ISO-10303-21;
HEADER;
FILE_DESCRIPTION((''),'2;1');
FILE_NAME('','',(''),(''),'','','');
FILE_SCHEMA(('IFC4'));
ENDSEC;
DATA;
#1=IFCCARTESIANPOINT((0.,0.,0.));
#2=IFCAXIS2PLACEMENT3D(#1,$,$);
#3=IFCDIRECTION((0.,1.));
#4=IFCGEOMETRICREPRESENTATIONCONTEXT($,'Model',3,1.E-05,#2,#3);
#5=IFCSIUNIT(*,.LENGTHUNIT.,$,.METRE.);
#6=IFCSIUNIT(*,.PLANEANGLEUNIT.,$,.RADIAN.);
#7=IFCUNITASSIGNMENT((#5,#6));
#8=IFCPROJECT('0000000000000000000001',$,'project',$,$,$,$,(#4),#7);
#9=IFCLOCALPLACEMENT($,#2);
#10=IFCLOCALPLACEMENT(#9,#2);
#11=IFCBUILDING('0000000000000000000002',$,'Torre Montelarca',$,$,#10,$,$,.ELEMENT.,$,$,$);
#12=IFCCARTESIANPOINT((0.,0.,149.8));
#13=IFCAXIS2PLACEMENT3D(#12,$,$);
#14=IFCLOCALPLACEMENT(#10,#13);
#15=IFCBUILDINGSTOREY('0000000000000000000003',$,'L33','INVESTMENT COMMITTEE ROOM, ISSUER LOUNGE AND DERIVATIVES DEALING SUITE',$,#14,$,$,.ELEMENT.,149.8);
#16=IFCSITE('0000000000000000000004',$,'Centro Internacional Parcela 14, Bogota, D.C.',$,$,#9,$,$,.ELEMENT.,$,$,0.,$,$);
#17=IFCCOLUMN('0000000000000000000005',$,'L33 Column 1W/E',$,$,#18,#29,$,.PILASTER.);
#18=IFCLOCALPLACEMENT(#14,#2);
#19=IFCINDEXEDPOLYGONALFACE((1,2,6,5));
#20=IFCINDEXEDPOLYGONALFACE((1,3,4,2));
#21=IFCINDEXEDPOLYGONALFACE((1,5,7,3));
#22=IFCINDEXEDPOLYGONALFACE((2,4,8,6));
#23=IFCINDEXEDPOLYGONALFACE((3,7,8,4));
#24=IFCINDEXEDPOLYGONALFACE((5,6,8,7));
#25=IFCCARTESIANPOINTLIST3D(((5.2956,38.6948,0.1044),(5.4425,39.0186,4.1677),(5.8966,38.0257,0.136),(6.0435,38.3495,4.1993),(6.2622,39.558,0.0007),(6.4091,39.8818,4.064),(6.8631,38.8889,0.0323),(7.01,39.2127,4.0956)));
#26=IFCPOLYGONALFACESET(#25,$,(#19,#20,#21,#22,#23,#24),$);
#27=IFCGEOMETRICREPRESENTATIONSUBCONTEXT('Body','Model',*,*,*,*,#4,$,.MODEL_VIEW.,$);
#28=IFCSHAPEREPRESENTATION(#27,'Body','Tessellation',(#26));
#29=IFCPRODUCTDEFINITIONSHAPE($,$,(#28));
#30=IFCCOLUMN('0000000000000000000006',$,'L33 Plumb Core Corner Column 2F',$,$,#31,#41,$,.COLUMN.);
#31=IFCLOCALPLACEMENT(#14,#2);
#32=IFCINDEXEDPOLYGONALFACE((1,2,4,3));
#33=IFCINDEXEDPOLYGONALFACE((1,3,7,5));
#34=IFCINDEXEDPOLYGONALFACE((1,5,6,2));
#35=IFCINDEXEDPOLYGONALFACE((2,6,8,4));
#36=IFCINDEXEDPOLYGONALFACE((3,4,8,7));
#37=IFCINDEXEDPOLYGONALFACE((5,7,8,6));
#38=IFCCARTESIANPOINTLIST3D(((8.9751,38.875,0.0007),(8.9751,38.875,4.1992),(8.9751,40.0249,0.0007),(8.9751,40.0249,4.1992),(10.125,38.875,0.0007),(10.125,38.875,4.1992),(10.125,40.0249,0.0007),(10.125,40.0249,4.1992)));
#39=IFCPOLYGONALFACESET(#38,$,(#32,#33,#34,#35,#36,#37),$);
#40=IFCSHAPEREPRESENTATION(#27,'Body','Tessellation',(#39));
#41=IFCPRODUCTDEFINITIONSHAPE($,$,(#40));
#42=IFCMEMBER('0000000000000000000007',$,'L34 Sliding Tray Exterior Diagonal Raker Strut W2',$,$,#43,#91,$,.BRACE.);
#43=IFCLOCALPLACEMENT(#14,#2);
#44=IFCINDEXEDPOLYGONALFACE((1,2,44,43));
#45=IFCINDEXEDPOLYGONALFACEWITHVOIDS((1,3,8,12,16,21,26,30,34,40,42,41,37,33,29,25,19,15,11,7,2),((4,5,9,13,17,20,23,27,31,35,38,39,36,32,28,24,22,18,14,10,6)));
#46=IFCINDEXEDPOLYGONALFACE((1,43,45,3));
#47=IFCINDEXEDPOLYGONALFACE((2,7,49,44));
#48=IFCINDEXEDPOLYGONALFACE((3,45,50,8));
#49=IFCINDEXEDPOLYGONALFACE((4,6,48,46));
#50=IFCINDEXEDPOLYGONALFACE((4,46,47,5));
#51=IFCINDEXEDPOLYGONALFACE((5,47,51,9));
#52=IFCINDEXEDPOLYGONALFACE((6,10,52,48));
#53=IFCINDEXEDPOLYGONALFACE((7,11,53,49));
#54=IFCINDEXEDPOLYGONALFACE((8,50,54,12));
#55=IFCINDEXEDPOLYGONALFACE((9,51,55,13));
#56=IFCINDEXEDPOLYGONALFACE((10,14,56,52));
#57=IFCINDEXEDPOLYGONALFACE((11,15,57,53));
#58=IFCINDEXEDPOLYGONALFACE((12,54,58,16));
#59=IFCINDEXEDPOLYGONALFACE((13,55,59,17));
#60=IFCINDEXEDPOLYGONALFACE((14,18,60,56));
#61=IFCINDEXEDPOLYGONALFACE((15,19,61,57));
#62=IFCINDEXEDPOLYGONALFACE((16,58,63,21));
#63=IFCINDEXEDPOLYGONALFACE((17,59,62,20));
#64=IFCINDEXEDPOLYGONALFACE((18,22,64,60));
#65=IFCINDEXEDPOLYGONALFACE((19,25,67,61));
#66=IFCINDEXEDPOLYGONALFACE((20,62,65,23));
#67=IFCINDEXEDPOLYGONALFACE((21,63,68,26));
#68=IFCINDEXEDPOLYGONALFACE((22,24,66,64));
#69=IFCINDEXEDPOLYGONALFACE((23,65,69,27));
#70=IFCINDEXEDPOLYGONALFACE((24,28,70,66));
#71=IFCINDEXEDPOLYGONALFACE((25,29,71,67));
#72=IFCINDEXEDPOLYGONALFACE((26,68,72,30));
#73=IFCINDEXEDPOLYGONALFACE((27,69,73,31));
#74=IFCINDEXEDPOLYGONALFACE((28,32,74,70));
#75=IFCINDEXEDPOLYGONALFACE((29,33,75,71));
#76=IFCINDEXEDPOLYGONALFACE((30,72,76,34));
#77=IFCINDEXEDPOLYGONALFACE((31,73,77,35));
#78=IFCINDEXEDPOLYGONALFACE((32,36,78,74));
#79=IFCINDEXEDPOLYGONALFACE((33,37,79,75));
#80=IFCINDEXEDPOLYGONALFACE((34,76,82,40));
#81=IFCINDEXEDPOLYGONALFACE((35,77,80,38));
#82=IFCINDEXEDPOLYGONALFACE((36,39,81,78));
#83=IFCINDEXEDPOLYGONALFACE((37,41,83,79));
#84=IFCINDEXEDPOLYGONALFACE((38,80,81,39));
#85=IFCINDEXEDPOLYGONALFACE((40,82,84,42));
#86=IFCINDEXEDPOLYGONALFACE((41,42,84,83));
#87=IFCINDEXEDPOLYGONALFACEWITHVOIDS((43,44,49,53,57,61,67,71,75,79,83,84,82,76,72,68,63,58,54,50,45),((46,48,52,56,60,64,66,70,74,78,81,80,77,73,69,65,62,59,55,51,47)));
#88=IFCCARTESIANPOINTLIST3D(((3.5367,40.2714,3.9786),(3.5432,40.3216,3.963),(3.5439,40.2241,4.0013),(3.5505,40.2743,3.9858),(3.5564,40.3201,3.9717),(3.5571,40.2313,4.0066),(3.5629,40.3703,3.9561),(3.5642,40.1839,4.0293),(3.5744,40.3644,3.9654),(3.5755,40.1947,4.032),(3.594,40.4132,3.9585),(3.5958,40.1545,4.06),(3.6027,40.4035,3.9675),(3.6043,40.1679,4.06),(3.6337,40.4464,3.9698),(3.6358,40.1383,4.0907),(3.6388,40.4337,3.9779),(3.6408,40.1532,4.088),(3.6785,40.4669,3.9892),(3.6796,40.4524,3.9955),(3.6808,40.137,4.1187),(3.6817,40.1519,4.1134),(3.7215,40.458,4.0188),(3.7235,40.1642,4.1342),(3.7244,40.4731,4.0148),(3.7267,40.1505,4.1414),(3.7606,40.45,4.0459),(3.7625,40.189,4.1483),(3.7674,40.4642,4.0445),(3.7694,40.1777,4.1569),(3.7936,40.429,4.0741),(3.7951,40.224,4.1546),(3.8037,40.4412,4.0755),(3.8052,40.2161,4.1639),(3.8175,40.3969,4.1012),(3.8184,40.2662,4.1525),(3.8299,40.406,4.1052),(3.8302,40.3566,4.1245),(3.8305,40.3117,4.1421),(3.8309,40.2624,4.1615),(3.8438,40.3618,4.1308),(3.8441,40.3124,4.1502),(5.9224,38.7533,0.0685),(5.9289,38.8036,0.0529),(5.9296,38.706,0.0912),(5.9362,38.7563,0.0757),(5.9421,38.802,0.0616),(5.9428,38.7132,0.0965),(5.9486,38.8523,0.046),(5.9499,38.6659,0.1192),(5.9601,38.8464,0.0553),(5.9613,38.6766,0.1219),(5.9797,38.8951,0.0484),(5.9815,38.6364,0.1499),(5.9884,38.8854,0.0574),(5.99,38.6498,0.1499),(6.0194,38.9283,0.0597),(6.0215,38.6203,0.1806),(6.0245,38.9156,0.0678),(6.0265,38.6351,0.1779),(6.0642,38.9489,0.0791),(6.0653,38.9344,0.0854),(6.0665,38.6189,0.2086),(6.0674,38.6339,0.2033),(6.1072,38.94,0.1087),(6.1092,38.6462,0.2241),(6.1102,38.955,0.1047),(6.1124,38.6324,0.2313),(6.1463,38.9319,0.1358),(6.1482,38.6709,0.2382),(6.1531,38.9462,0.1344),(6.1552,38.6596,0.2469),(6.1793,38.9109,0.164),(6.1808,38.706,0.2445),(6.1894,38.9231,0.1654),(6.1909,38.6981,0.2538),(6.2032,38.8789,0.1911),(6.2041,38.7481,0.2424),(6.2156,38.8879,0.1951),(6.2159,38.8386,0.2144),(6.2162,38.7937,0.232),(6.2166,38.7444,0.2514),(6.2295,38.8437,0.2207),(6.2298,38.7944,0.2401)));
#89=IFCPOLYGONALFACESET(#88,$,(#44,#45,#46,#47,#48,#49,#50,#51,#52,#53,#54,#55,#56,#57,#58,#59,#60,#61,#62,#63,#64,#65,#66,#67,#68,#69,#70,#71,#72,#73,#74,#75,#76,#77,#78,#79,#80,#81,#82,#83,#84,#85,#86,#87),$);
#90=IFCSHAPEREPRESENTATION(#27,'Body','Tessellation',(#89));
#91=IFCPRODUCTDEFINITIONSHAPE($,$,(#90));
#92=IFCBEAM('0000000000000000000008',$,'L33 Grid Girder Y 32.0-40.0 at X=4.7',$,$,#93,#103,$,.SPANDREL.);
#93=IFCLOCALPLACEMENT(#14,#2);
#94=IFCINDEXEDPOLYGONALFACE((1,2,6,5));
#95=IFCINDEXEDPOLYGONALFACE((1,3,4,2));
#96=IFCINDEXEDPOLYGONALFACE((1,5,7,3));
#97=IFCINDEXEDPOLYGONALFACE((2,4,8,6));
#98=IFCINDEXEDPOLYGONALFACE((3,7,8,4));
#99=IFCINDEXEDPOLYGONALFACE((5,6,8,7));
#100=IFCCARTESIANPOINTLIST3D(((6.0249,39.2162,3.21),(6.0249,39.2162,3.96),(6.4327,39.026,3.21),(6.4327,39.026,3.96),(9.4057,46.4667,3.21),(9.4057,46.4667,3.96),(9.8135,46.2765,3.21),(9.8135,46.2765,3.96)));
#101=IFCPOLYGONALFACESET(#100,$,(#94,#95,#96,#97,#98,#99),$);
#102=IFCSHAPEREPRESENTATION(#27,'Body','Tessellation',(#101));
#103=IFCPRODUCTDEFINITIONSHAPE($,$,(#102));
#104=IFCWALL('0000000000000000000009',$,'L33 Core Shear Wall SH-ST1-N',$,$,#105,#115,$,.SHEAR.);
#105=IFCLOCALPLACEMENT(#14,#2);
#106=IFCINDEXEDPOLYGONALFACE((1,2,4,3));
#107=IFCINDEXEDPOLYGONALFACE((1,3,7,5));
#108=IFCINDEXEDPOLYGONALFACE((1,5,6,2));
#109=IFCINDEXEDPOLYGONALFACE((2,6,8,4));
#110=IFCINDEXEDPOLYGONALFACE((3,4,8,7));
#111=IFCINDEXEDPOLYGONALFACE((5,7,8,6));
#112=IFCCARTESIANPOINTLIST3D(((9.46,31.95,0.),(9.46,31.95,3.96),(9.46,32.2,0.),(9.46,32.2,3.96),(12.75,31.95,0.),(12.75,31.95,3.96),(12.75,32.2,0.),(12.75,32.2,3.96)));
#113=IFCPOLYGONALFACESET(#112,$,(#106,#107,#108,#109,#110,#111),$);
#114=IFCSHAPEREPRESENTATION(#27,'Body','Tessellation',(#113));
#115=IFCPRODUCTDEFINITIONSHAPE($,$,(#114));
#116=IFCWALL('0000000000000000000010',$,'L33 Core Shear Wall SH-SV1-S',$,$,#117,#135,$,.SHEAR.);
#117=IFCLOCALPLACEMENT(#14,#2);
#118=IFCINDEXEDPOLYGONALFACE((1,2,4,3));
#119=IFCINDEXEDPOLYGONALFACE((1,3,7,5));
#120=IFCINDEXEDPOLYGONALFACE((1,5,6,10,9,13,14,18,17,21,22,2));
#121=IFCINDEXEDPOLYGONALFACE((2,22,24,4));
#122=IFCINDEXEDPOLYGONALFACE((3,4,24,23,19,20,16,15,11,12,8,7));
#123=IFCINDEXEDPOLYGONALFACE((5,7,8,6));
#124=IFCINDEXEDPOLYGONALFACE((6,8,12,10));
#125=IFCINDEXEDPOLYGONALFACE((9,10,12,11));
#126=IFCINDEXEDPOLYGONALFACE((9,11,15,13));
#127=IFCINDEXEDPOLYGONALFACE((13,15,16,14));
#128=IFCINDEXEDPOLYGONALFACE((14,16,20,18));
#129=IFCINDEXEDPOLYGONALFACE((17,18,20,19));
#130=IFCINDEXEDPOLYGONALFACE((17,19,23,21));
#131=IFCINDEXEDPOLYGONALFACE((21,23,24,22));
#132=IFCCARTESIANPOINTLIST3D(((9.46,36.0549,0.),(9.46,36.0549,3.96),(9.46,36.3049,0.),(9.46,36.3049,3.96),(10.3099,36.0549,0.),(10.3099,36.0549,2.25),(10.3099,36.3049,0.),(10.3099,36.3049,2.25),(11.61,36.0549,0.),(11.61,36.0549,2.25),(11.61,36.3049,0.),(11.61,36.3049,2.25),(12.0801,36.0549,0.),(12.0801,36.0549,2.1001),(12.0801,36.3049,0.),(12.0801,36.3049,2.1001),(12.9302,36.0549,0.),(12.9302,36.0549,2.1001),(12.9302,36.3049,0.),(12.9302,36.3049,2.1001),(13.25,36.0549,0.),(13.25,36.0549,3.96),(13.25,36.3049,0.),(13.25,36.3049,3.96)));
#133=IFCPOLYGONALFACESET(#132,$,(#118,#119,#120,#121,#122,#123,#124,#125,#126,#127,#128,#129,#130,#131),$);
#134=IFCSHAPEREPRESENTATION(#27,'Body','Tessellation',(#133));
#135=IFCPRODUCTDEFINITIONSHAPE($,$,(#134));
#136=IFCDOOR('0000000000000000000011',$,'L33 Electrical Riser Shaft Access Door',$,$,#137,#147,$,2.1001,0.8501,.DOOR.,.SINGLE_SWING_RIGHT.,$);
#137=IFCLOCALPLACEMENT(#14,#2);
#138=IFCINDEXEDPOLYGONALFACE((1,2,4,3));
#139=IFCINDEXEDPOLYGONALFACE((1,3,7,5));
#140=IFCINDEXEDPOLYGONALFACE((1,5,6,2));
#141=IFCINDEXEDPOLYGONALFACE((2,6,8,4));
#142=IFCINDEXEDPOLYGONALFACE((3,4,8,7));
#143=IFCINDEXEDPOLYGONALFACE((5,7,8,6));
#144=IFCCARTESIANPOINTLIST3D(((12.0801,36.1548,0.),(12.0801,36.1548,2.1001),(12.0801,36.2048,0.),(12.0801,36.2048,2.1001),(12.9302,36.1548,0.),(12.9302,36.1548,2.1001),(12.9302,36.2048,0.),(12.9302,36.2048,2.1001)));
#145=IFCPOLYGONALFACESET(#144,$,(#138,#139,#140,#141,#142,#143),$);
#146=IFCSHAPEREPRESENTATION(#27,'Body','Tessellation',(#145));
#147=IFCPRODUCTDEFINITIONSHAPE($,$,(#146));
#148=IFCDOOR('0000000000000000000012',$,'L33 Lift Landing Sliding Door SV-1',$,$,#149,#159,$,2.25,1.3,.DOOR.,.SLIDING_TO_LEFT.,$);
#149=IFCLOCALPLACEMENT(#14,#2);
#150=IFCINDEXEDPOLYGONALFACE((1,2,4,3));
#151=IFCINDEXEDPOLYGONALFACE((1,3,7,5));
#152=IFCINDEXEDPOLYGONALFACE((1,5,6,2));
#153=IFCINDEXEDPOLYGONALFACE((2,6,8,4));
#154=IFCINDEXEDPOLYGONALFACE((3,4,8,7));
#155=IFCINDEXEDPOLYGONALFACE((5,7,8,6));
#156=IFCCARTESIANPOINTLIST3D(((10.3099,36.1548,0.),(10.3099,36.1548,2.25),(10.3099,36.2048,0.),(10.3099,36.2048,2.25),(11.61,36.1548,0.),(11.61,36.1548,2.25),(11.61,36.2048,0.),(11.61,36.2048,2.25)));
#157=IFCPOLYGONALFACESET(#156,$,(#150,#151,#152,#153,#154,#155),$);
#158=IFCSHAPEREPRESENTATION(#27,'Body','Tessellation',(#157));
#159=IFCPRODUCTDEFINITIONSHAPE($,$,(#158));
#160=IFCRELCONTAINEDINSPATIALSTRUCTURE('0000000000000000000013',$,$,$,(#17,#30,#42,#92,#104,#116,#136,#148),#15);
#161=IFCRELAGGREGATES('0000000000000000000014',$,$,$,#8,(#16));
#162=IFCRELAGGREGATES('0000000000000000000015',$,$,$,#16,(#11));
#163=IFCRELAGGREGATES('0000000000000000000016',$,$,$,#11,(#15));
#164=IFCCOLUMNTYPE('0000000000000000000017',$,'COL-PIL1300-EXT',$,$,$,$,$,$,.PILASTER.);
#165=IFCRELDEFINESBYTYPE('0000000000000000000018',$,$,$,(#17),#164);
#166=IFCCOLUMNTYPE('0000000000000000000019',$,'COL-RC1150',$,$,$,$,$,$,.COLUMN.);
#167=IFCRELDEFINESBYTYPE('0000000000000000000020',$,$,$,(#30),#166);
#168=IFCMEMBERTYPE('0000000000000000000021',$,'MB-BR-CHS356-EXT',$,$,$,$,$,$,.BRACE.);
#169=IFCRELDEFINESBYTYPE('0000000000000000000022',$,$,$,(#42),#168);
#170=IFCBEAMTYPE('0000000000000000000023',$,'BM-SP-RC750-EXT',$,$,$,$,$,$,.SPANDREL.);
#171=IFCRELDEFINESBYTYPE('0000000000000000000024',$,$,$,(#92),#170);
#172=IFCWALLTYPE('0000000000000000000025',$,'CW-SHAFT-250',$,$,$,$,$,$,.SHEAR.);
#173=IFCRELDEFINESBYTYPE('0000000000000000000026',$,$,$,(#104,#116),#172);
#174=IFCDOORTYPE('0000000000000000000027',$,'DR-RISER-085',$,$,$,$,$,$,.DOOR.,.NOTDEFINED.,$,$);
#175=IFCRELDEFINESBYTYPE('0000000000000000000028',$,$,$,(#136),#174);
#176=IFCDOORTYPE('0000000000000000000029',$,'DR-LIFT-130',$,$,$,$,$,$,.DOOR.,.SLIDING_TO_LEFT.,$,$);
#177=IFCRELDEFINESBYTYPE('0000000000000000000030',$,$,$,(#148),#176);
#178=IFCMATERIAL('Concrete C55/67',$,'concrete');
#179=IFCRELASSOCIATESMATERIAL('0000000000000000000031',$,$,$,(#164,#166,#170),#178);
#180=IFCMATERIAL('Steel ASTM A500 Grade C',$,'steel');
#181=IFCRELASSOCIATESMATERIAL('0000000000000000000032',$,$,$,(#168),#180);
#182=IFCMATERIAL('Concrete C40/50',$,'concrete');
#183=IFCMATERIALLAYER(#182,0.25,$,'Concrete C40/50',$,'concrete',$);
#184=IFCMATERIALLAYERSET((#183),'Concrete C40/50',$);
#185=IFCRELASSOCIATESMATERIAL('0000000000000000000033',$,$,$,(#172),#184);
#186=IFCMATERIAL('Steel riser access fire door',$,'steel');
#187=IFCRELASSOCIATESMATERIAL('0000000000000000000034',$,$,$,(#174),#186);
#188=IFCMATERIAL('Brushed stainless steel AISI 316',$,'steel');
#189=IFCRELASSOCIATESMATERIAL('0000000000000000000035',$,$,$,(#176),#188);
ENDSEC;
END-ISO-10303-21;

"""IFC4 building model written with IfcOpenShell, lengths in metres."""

from ifc_helpers import new_model, si_unit, direction, frame, frame_2d, origin, origin_2d, place, context, subcontext, project, spatial, rectangle, hollow_circle, extrude, clip, halfspace, source, transform, mapped, material, layer, layer_set, material_profile, profile_set, type_object, element, fill, save


model = new_model("IFC4")

# Units and contexts
model_context = context("Model", 3, precision=1e-05, world=origin(), true_north=direction((0.0, 1.0)))
body_context = subcontext(model_context, "Body", "Model", "MODEL_VIEW")
ifc_project = project(units=[si_unit("LENGTHUNIT", "METRE"), si_unit("PLANEANGLEUNIT", "RADIAN")], contexts=[model_context])

# Site, building, storey
site_placement = place(None, origin())
site = spatial("IfcSite", under=ifc_project, at=site_placement, Name="Centro Internacional Parcela 14, Bogota, D.C.", CompositionType="ELEMENT", RefElevation=0.0)
building_placement = place(site_placement, origin())
building = spatial("IfcBuilding", under=site, at=building_placement, Name="Torre Montelarca", CompositionType="ELEMENT")
storey_placement = place(building_placement, frame((0.0, 0.0, 149.8)))
storey = spatial("IfcBuildingStorey", under=building, at=storey_placement, Name="L33", Description="INVESTMENT COMMITTEE ROOM, ISSUER LOUNGE AND DERIVATIVES DEALING SUITE", CompositionType="ELEMENT", Elevation=149.8)

# Columns
ifc_material_1 = material(Name="Concrete C55/67", Category="concrete")
ifc_material_profile_1 = material_profile(ifc_material_1, rectangle(XDim=0.8999, YDim=1.3, at=origin_2d()), Name="RC1300X900", Category="concrete")
ifc_profile_set_1 = profile_set([ifc_material_profile_1], Name="Concrete C55/67")
column_type_1 = type_object("IfcColumnType", Name="COL-PIL1300-EXT", PredefinedType="PILASTER", material=ifc_profile_set_1)
column_1_placement = place(storey_placement, frame((6.0769, 38.7864, 0.0), z_axis=(0.036019, 0.079392, 0.996193), x_axis=(0.667777, -0.743533, 0.035112)))
element("IfcColumn", 1, at=column_1_placement, inside=storey, type_object=column_type_1, Name="L33 Column 1W/E", PredefinedType="PILASTER", context=body_context, shape_type="Clipping", body=[
    clip(clip(extrude(rectangle(XDim=0.8999, YDim=1.3, at=origin_2d()), origin(), (0.0, 0.0, 1.0), 4.2161), halfspace(frame((0.0, 0.0, 0.0686), z_axis=(0.0, 0.0, -1.0), x_axis=(1.0, 0.0, 0.0)), False)), halfspace(frame((0.0, 0.0, 4.1475), z_axis=(0.0, 0.0, 1.0), x_axis=(1.0, 0.0, 0.0)), False)),
])
ifc_material_profile_2 = material_profile(ifc_material_1, rectangle(XDim=1.1499, YDim=1.1499, at=origin_2d()), Name="RC1150X1150", Category="concrete")
ifc_profile_set_2 = profile_set([ifc_material_profile_2], Name="Concrete C55/67")
column_type_2 = type_object("IfcColumnType", Name="COL-RC1150", PredefinedType="COLUMN", material=ifc_profile_set_2)
shared_shape_1 = source(origin(), body_context, "Body", "SweptSolid", [
    extrude(rectangle(XDim=1.1499, YDim=1.1499, at=origin_2d()), origin(), (0.0, 0.0, 1.0), 4.1985),
])
column_2_placement = place(storey_placement, frame((9.55, 39.45, 0.0007), z_axis=(0.0, 0.0, 1.0), x_axis=(1.0, 0.0, 0.0)))
element("IfcColumn", 2, at=column_2_placement, inside=storey, type_object=column_type_2, Name="L33 Plumb Core Corner Column 2F", PredefinedType="COLUMN", context=body_context, shape_type="MappedRepresentation", body=[
    mapped(shared_shape_1, transform((0.0, 0.0, 0.0), scale=1.0)),
])

# Member
ifc_material_2 = material(Name="Steel ASTM A500 Grade C", Category="steel")
ifc_material_profile_3 = material_profile(ifc_material_2, hollow_circle(Radius=0.1777, WallThickness=0.0159, at=origin_2d()), Name="HSS355.6X15.9", Category="steel")
ifc_profile_set_3 = profile_set([ifc_material_profile_3], Name="Steel ASTM A500 Grade C")
member_type = type_object("IfcMemberType", Name="MB-BR-CHS356-EXT", PredefinedType="BRACE", material=ifc_profile_set_3)
shared_shape_2 = source(origin(), body_context, "Body", "SweptSolid", [
    extrude(hollow_circle(Radius=0.1777, WallThickness=0.0159, at=origin_2d()), origin(), (0.0, 0.0, 1.0), 4.8254),
])
member_placement = place(storey_placement, frame((6.0769, 38.7864, 0.1499), z_axis=(-0.494401, 0.314591, 0.810308), x_axis=(-0.536842, -0.843683, 0.0)))
element("IfcMember", 3, at=member_placement, inside=storey, type_object=member_type, Name="L34 Sliding Tray Exterior Diagonal Raker Strut W2", PredefinedType="BRACE", context=body_context, shape_type="MappedRepresentation", body=[
    mapped(shared_shape_2, transform((0.0, 0.0, 0.0), scale=1.0)),
])

# Beam
ifc_material_profile_4 = material_profile(ifc_material_1, rectangle(XDim=0.45, YDim=0.75, at=origin_2d()), Name="RCB450X750", Category="concrete")
ifc_profile_set_4 = profile_set([ifc_material_profile_4], Name="Concrete C55/67")
beam_type = type_object("IfcBeamType", Name="BM-SP-RC750-EXT", PredefinedType="SPANDREL", material=ifc_profile_set_4)
shared_shape_3 = source(origin(), body_context, "Body", "SweptSolid", [
    extrude(rectangle(XDim=0.45, YDim=0.75, at=origin_2d()), origin(), (0.0, 0.0, 1.0), 8.0),
])
beam_placement = place(storey_placement, frame((6.2288, 39.1211, 3.585), z_axis=(0.422608, 0.906313, 0.0), x_axis=(-0.906313, 0.422608, 0.0)))
element("IfcBeam", 4, at=beam_placement, inside=storey, type_object=beam_type, Name="L33 Grid Girder Y 32.0-40.0 at X=4.7", PredefinedType="SPANDREL", context=body_context, shape_type="MappedRepresentation", body=[
    mapped(shared_shape_3, transform((0.0, 0.0, 0.0), scale=1.0)),
])

# Wall
ifc_material_3 = material(Name="Concrete C40/50", Category="concrete")
ifc_layer_1 = layer(ifc_material_3, 0.25, Name="Concrete C40/50", Category="concrete")
ifc_layer_set_1 = layer_set([ifc_layer_1], Name="Concrete C40/50")
wall_type_1 = type_object("IfcWallType", Name="CW-SHAFT-250", PredefinedType="SHEAR", material=ifc_layer_set_1)
wall_1_placement = place(storey_placement, frame((9.46, 32.075, 0.0), z_axis=(0.0, 0.0, 1.0), x_axis=(1.0, 0.0, 0.0)))
element("IfcWall", 5, at=wall_1_placement, inside=storey, type_object=wall_type_1, Name="L33 Core Shear Wall SH-ST1-N", PredefinedType="SHEAR", context=body_context, shape_type="SweptSolid", body=[
    extrude(rectangle(XDim=3.29, YDim=0.25, at=frame_2d((1.645, 0.0))), origin(), (0.0, 0.0, 1.0), 3.96),
])

# Wall, openings, doors
wall_2_placement = place(storey_placement, frame((9.46, 36.1799, 0.0), z_axis=(0.0, 0.0, 1.0), x_axis=(1.0, 0.0, 0.0)))
wall_2 = element("IfcWall", 6, at=wall_2_placement, inside=storey, type_object=wall_type_1, Name="L33 Core Shear Wall SH-SV1-S", PredefinedType="SHEAR", context=body_context, shape_type="SweptSolid", body=[
    extrude(rectangle(XDim=3.79, YDim=0.25, at=frame_2d((1.895, 0.0))), origin(), (0.0, 0.0, 1.0), 3.96),
])
opening_1_placement = place(wall_2_placement, frame((2.6201, 0.0, 0.0)))
opening_1 = element("IfcOpeningElement", 7, at=opening_1_placement, cuts=wall_2, PredefinedType="OPENING", context=body_context, shape_type="SweptSolid", body=[
    extrude(rectangle(XDim=0.8501, YDim=2.1001, at=frame_2d((0.425, 1.05))), frame((0.0, 0.135, 0.0), z_axis=(0.0, -1.0, 0.0), x_axis=(1.0, 0.0, 0.0)), (0.0, 0.0, 1.0), 0.27),
])
opening_2_placement = place(wall_2_placement, frame((0.8501, 0.0, 0.0)))
opening_2 = element("IfcOpeningElement", 8, at=opening_2_placement, cuts=wall_2, PredefinedType="OPENING", context=body_context, shape_type="SweptSolid", body=[
    extrude(rectangle(XDim=1.3, YDim=2.25, at=frame_2d((0.6499, 1.125))), frame((0.0, 0.135, 0.0), z_axis=(0.0, -1.0, 0.0), x_axis=(1.0, 0.0, 0.0)), (0.0, 0.0, 1.0), 0.27),
])
ifc_material_4 = material(Name="Steel riser access fire door", Category="steel")
door_type_1 = type_object("IfcDoorType", Name="DR-RISER-085", OperationType="NOTDEFINED", PredefinedType="DOOR", material=ifc_material_4)
shared_shape_4 = source(origin(), body_context, "Body", "SweptSolid", [
    extrude(rectangle(XDim=0.8501, YDim=2.1001, at=frame_2d((0.425, 1.05))), frame((0.0, 0.0249, 0.0), z_axis=(0.0, -1.0, 0.0), x_axis=(1.0, 0.0, 0.0)), (0.0, 0.0, 1.0), 0.05),
])
door_1_placement = place(opening_1_placement, origin())
door_1 = element("IfcDoor", 9, at=door_1_placement, inside=storey, type_object=door_type_1, Name="L33 Electrical Riser Shaft Access Door", OperationType="SINGLE_SWING_RIGHT", OverallHeight=2.1001, OverallWidth=0.8501, PredefinedType="DOOR", context=body_context, shape_type="MappedRepresentation", body=[
    mapped(shared_shape_4, transform((0.0, 0.0, 0.0), scale=1.0)),
])
fill(opening_1, door_1)
ifc_material_5 = material(Name="Brushed stainless steel AISI 316", Category="steel")
door_type_2 = type_object("IfcDoorType", Name="DR-LIFT-130", OperationType="SLIDING_TO_LEFT", PredefinedType="DOOR", material=ifc_material_5)
shared_shape_5 = source(origin(), body_context, "Body", "SweptSolid", [
    extrude(rectangle(XDim=1.3, YDim=2.25, at=frame_2d((0.6499, 1.125))), frame((0.0, 0.0249, 0.0), z_axis=(0.0, -1.0, 0.0), x_axis=(1.0, 0.0, 0.0)), (0.0, 0.0, 1.0), 0.05),
])
door_2_placement = place(opening_2_placement, origin())
door_2 = element("IfcDoor", 10, at=door_2_placement, inside=storey, type_object=door_type_2, Name="L33 Lift Landing Sliding Door SV-1", OperationType="SLIDING_TO_LEFT", OverallHeight=2.25, OverallWidth=1.3, PredefinedType="DOOR", context=body_context, shape_type="MappedRepresentation", body=[
    mapped(shared_shape_5, transform((0.0, 0.0, 0.0), scale=1.0)),
])
fill(opening_2, door_2)

save(model, "model.ifc")
